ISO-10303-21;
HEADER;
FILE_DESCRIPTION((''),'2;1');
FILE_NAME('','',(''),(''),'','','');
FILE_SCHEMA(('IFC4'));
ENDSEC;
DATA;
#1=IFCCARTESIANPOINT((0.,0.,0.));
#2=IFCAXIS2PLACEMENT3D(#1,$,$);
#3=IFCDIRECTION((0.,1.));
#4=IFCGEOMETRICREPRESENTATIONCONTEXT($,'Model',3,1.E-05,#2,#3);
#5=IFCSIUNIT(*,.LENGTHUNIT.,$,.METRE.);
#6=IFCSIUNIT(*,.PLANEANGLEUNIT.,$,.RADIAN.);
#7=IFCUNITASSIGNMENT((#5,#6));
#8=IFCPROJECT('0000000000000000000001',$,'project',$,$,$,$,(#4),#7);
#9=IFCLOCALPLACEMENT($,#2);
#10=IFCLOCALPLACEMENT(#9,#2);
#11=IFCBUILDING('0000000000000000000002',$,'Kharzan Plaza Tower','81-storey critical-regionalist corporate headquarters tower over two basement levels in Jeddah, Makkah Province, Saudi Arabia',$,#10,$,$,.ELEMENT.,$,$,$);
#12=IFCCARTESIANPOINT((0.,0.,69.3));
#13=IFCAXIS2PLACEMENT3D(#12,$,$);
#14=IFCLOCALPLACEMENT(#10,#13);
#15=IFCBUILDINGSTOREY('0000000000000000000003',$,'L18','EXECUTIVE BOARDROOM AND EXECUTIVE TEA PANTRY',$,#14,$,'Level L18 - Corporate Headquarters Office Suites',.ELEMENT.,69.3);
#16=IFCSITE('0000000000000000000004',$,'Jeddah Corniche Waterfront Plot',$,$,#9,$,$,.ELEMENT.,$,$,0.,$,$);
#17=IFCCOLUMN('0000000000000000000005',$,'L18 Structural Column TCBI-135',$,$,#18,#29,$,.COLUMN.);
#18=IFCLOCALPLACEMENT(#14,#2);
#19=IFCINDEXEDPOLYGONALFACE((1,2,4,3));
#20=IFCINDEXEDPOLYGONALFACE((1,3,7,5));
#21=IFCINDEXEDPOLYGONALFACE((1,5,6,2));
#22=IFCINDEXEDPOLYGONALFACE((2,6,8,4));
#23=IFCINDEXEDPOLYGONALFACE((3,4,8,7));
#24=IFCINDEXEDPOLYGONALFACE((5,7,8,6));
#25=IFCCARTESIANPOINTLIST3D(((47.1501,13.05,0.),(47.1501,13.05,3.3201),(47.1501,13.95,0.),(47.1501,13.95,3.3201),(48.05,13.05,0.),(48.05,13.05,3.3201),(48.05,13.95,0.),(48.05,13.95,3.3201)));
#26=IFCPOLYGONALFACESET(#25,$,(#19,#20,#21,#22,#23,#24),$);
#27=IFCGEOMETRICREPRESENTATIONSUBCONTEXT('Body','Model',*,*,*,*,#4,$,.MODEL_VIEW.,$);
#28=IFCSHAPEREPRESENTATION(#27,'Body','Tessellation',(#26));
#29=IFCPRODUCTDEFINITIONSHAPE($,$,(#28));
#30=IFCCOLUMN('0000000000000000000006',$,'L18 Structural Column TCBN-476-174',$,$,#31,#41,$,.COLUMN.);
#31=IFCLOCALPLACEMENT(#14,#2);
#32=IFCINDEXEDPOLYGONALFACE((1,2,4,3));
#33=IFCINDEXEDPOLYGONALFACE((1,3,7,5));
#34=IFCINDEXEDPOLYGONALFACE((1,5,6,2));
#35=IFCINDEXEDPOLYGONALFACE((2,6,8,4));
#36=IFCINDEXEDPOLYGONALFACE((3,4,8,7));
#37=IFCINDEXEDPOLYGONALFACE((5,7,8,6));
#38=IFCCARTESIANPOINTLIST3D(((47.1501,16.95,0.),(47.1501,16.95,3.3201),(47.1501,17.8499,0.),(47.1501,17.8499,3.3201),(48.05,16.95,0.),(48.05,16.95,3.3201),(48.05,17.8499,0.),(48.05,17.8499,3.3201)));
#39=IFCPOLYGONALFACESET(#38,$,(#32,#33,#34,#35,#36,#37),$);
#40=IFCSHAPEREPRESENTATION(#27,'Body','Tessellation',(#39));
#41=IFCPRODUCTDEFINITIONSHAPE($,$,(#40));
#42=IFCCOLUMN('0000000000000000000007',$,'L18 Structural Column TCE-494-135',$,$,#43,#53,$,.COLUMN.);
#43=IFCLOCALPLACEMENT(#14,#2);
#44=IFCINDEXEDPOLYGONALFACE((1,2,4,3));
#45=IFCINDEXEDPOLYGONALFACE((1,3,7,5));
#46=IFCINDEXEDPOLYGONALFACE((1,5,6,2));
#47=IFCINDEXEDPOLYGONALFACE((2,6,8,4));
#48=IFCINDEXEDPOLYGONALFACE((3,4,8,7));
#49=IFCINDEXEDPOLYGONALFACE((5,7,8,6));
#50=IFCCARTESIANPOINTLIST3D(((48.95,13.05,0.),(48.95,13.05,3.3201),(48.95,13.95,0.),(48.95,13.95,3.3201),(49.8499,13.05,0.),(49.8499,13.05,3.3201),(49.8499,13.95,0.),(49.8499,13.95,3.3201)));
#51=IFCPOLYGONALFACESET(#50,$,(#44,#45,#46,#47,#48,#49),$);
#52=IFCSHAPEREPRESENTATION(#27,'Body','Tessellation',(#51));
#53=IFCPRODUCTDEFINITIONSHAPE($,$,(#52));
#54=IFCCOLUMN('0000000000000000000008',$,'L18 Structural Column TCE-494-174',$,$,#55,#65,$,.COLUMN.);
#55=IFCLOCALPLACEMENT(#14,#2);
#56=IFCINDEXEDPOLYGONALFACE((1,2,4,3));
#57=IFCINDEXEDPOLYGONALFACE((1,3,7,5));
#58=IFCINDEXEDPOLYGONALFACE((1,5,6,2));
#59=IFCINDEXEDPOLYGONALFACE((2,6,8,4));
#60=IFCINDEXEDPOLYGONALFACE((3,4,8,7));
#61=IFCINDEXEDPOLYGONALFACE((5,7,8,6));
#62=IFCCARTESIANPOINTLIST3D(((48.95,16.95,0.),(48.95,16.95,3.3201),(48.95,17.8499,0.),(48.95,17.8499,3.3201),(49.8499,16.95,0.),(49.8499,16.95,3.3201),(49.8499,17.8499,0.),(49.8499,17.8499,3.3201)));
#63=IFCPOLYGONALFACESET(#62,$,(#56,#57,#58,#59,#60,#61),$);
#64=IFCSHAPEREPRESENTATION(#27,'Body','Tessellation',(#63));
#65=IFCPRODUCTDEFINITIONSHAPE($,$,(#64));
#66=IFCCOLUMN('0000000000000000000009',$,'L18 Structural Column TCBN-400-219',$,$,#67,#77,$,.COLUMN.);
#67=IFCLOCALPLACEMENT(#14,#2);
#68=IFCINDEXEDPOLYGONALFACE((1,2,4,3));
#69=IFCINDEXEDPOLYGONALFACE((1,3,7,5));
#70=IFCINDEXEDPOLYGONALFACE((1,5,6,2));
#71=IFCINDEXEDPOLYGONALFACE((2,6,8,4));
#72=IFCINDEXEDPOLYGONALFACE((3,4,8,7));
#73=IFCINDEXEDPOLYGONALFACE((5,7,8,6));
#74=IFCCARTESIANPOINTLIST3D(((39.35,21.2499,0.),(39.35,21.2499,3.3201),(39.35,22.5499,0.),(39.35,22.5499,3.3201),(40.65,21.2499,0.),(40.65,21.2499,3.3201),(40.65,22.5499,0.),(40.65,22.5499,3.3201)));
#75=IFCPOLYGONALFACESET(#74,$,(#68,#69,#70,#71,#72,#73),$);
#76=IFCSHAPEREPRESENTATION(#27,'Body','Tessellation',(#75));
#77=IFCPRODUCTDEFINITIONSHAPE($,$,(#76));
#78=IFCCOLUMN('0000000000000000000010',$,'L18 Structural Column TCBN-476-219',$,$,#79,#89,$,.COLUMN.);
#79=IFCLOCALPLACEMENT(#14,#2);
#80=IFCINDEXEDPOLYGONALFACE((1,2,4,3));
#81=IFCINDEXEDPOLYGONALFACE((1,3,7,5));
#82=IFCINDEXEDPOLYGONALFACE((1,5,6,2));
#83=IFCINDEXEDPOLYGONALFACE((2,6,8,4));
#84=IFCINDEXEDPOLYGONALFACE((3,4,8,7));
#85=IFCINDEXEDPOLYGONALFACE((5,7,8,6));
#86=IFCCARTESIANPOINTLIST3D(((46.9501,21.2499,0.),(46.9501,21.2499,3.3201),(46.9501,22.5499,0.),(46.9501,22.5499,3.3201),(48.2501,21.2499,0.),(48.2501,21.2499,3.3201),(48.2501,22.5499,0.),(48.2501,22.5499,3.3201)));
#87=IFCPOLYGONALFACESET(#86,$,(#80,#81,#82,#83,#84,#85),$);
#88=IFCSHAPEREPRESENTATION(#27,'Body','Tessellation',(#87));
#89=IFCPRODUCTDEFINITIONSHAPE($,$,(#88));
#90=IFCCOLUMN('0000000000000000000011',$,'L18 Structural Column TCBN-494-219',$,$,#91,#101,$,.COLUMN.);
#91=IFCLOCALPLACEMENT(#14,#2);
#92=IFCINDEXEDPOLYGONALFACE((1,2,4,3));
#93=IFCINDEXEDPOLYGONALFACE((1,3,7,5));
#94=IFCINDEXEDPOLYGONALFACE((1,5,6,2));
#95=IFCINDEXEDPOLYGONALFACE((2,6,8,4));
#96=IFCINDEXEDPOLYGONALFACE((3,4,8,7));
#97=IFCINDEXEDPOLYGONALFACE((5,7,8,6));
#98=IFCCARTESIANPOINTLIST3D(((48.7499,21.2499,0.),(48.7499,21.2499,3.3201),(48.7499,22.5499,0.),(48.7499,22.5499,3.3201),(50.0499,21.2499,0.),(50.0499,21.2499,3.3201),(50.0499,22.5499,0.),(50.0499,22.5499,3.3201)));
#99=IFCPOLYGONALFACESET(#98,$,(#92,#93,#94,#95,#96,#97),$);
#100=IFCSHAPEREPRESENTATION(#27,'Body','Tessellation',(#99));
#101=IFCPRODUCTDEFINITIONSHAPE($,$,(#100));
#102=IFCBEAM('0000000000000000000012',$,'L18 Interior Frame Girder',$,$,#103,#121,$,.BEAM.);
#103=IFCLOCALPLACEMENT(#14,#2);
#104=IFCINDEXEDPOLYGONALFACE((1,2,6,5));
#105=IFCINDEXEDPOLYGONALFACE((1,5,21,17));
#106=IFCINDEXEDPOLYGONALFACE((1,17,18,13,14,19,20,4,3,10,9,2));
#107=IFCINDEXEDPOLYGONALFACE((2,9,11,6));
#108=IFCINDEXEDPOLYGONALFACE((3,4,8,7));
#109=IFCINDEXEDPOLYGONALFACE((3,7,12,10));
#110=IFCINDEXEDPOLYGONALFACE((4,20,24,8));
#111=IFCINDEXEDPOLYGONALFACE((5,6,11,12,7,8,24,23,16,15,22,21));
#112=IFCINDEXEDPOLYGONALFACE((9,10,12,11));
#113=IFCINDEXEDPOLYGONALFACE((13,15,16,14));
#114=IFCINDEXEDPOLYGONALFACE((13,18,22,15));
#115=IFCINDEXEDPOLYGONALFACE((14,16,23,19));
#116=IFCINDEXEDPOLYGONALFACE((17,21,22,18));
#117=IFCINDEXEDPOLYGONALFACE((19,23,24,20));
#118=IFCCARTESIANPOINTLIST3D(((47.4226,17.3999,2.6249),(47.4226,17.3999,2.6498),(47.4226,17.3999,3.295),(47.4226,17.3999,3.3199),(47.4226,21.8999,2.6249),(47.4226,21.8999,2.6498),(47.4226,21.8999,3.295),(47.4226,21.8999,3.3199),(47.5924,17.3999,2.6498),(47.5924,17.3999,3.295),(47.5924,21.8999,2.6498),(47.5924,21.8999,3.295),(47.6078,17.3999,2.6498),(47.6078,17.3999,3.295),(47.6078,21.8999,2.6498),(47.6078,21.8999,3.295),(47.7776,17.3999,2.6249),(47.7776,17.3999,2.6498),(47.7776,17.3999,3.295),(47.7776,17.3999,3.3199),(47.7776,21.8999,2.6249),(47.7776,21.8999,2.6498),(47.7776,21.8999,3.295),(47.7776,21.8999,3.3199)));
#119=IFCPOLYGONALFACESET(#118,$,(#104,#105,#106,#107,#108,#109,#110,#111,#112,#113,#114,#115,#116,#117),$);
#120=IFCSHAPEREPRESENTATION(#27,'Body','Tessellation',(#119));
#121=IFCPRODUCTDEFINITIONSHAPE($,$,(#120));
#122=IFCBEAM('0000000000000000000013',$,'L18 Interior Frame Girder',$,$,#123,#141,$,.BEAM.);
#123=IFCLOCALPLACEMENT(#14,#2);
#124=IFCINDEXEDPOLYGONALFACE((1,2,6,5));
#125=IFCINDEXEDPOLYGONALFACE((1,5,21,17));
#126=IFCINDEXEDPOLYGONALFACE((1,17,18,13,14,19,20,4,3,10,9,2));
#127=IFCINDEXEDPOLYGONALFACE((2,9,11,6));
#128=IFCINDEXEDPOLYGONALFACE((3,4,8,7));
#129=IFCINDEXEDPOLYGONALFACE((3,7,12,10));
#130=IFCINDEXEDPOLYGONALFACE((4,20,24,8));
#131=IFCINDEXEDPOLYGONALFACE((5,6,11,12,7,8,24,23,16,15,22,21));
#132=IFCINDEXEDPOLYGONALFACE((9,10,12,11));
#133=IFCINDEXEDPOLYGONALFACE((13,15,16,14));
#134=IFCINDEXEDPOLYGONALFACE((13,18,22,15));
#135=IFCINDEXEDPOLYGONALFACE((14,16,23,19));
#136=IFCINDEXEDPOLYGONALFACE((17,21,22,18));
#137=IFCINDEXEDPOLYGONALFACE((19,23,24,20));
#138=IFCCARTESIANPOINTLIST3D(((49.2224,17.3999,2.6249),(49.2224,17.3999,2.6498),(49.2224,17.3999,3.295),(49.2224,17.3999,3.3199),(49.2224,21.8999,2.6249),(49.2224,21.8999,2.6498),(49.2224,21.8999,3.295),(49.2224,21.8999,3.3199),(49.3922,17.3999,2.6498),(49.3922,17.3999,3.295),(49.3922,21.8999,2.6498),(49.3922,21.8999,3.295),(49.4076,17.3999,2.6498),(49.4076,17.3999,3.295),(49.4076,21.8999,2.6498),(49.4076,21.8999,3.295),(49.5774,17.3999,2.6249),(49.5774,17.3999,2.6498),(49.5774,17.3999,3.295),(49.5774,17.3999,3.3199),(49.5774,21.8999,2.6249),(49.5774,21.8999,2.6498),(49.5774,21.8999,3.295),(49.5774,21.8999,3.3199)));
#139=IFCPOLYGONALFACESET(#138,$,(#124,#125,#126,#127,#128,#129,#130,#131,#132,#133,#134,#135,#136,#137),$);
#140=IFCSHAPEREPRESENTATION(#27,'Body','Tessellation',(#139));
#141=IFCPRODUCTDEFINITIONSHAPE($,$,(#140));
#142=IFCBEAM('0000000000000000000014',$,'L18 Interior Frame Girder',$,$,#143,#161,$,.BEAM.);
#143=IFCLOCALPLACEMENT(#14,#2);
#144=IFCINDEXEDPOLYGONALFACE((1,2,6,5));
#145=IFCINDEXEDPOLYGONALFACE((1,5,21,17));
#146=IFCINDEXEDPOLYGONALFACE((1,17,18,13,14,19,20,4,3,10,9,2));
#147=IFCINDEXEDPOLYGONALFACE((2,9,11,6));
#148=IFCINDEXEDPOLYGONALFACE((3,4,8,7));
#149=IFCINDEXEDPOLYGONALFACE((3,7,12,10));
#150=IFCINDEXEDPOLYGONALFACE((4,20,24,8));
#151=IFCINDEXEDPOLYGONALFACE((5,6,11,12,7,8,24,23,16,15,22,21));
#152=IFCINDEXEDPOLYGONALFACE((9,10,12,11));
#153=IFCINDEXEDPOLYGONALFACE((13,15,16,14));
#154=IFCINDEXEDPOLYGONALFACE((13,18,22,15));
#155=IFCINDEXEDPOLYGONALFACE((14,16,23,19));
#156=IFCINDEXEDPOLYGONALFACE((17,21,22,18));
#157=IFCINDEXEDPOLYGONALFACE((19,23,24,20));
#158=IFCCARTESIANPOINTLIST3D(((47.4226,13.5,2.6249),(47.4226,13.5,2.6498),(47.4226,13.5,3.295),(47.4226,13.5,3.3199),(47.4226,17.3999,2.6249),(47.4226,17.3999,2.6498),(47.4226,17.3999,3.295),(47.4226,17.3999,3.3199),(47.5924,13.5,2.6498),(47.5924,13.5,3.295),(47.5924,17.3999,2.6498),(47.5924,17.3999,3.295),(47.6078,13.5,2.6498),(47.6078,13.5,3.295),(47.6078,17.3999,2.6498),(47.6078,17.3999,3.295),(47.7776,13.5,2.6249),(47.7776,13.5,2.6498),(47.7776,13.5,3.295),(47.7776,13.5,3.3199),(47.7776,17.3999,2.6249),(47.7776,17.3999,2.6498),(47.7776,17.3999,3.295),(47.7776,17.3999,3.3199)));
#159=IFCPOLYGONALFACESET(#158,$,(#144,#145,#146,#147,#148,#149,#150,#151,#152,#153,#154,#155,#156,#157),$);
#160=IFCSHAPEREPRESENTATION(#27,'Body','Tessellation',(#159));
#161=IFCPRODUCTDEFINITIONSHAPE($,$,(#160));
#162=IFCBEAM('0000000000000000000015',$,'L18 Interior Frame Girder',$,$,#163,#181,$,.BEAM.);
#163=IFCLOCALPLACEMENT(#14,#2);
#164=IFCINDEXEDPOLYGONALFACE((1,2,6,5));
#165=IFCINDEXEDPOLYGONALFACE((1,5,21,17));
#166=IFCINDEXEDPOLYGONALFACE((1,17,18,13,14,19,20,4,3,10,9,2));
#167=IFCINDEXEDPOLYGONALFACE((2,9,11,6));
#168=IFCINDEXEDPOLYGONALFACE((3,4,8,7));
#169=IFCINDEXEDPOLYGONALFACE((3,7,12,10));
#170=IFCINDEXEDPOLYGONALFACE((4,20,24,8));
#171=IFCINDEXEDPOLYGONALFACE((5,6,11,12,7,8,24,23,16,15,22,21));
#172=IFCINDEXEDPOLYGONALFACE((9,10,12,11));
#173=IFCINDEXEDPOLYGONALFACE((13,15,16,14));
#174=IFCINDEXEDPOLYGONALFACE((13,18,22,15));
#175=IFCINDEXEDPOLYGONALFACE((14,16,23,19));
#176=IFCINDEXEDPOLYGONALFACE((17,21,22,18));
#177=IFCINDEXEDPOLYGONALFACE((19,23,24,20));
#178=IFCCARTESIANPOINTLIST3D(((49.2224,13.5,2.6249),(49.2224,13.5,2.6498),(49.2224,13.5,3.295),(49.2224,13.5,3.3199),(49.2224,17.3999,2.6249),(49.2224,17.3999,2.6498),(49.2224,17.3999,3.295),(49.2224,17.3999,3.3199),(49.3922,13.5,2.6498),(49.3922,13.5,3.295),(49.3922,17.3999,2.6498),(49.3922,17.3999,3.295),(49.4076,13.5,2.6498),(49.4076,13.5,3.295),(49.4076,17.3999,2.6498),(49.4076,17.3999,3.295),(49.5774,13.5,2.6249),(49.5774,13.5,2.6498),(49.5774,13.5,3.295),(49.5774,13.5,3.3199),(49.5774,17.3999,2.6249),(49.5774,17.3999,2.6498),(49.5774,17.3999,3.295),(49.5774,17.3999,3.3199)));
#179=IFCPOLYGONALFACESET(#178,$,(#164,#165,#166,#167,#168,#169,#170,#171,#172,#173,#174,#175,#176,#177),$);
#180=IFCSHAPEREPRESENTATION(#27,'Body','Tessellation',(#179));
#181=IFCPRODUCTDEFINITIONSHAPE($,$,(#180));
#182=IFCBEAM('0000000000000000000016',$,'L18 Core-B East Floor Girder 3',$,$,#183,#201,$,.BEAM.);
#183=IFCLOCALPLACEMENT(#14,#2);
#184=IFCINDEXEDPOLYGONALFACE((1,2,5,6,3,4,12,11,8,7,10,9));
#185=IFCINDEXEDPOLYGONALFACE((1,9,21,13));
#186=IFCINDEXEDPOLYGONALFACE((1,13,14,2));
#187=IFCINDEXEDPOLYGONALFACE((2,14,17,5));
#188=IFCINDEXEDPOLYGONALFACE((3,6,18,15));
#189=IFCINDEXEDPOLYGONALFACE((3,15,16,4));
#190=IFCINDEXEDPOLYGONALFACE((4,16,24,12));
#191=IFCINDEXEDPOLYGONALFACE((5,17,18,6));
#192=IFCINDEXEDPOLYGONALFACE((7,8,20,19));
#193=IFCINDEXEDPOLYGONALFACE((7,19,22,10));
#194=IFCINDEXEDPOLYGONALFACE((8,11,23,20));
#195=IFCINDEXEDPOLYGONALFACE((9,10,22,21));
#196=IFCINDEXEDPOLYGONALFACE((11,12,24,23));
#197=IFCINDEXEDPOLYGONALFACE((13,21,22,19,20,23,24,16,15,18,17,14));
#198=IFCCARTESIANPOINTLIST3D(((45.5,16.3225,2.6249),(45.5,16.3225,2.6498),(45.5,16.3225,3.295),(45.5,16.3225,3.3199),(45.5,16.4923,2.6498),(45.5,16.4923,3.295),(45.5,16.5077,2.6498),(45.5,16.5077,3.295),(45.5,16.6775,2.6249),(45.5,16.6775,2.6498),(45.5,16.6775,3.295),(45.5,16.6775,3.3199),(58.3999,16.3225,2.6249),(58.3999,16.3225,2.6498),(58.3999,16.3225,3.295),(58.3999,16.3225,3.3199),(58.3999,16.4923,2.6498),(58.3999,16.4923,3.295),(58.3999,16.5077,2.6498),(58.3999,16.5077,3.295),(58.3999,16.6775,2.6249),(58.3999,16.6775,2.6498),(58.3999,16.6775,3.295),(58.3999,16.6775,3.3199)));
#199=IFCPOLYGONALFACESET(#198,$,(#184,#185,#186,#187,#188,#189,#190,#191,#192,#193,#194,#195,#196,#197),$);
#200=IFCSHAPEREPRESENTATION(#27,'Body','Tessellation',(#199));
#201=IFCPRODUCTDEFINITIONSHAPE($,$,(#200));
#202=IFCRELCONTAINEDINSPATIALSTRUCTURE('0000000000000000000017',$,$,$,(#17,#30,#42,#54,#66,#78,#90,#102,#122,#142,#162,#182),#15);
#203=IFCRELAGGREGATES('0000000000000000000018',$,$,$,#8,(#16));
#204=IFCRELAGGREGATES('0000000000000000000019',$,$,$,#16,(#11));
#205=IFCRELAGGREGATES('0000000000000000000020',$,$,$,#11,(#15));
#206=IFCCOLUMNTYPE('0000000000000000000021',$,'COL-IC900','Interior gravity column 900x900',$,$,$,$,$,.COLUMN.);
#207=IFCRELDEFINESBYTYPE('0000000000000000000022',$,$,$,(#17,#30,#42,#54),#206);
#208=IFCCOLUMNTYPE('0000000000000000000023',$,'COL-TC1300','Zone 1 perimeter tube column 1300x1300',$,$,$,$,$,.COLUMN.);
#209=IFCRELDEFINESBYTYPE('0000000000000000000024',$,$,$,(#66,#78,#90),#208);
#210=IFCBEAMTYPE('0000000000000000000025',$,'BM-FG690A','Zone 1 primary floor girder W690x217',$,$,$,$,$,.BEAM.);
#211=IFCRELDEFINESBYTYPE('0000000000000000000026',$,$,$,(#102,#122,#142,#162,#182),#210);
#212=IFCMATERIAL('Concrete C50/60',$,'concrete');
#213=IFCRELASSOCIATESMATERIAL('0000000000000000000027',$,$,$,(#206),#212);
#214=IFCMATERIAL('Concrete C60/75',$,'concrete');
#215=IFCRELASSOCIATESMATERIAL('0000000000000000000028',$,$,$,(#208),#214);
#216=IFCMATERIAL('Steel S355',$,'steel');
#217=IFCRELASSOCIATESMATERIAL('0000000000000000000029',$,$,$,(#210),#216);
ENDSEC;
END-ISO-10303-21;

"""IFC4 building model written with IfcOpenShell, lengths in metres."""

from ifc_helpers import new_model, si_unit, direction, frame, origin, origin_2d, place, context, subcontext, project, spatial, rectangle, i_section, extrude, source, transform, mapped, material, material_profile, profile_set, type_object, element, save


model = new_model("IFC4")

# Units and contexts
model_context = context("Model", 3, precision=1e-05, world=origin(), true_north=direction((0.0, 1.0)))
body_context = subcontext(model_context, "Body", "Model", "MODEL_VIEW")
ifc_project = project(units=[si_unit("LENGTHUNIT", "METRE"), si_unit("PLANEANGLEUNIT", "RADIAN")], contexts=[model_context])

# Site, building, storey
site_placement = place(None, origin())
site = spatial("IfcSite", under=ifc_project, at=site_placement, Name="Jeddah Corniche Waterfront Plot", CompositionType="ELEMENT", RefElevation=0.0)
building_placement = place(site_placement, origin())
building = spatial("IfcBuilding", under=site, at=building_placement, Name="Kharzan Plaza Tower", Description="81-storey critical-regionalist corporate headquarters tower over two basement levels in Jeddah, Makkah Province, Saudi Arabia", CompositionType="ELEMENT")
storey_placement = place(building_placement, frame((0.0, 0.0, 69.3)))
storey = spatial("IfcBuildingStorey", under=building, at=storey_placement, Name="L18", Description="EXECUTIVE BOARDROOM AND EXECUTIVE TEA PANTRY", LongName="Level L18 - Corporate Headquarters Office Suites", CompositionType="ELEMENT", Elevation=69.3)

# Columns
ifc_material_1 = material(Name="Concrete C50/60", Category="concrete")
ifc_material_profile_1 = material_profile(ifc_material_1, rectangle(XDim=0.8999, YDim=0.8999, at=origin_2d()), Name="RC-IC900x900")
ifc_profile_set_1 = profile_set([ifc_material_profile_1], Name="Concrete C50/60")
column_type_1 = type_object("IfcColumnType", Name="COL-IC900", Description="Interior gravity column 900x900", PredefinedType="COLUMN", material=ifc_profile_set_1)
shared_shape_1 = source(origin(), body_context, "Body", "SweptSolid", [
    extrude(rectangle(XDim=0.8999, YDim=0.8999, at=origin_2d()), origin(), (0.0, 0.0, 1.0), 3.3201),
])
for number, where, z_axis, x_axis, name in (
    (1, (47.6001, 13.5, 0.0), (0.0, 0.0, 1.0), (1.0, 0.0, 0.0), "L18 Structural Column TCBI-135"),
    (2, (47.6001, 17.3999, 0.0), (0.0, 0.0, 1.0), (1.0, 0.0, 0.0), "L18 Structural Column TCBN-476-174"),
    (3, (49.3999, 13.5, 0.0), (0.0, 0.0, 1.0), (1.0, 0.0, 0.0), "L18 Structural Column TCE-494-135"),
    (4, (49.3999, 17.3999, 0.0), (0.0, 0.0, 1.0), (1.0, 0.0, 0.0), "L18 Structural Column TCE-494-174"),
):
    element("IfcColumn", number, at=place(storey_placement, frame(where, z_axis=z_axis, x_axis=x_axis)), inside=storey, type_object=column_type_1, Name=name, PredefinedType="COLUMN", context=body_context, shape_type="MappedRepresentation", body=[
        mapped(shared_shape_1, transform((0.0, 0.0, 0.0), x_axis=(1.0, 0.0, 0.0), y_axis=(0.0, 1.0, 0.0), z_axis=(0.0, 0.0, 1.0))),
    ])
ifc_material_2 = material(Name="Concrete C60/75", Category="concrete")
ifc_material_profile_2 = material_profile(ifc_material_2, rectangle(XDim=1.3, YDim=1.3, at=origin_2d()), Name="RC-TC1300x1300")
ifc_profile_set_2 = profile_set([ifc_material_profile_2], Name="Concrete C60/75")
column_type_2 = type_object("IfcColumnType", Name="COL-TC1300", Description="Zone 1 perimeter tube column 1300x1300", PredefinedType="COLUMN", material=ifc_profile_set_2)
shared_shape_2 = source(origin(), body_context, "Body", "SweptSolid", [
    extrude(rectangle(XDim=1.3, YDim=1.3, at=origin_2d()), origin(), (0.0, 0.0, 1.0), 3.3201),
])
for number, where, z_axis, x_axis, name in (
    (5, (40.0, 21.8999, 0.0), (0.0, 0.0, 1.0), (1.0, 0.0, 0.0), "L18 Structural Column TCBN-400-219"),
    (6, (47.6001, 21.8999, 0.0), (0.0, 0.0, 1.0), (1.0, 0.0, 0.0), "L18 Structural Column TCBN-476-219"),
    (7, (49.3999, 21.8999, 0.0), (0.0, 0.0, 1.0), (1.0, 0.0, 0.0), "L18 Structural Column TCBN-494-219"),
):
    element("IfcColumn", number, at=place(storey_placement, frame(where, z_axis=z_axis, x_axis=x_axis)), inside=storey, type_object=column_type_2, Name=name, PredefinedType="COLUMN", context=body_context, shape_type="MappedRepresentation", body=[
        mapped(shared_shape_2, transform((0.0, 0.0, 0.0), x_axis=(1.0, 0.0, 0.0), y_axis=(0.0, 1.0, 0.0), z_axis=(0.0, 0.0, 1.0))),
    ])

# Beams
ifc_material_3 = material(Name="Steel S355", Category="steel")
ifc_material_profile_3 = material_profile(ifc_material_3, i_section(OverallWidth=0.355, OverallDepth=0.6951, WebThickness=0.0154, FlangeThickness=0.0249, at=origin_2d()), Name="W690x217")
ifc_profile_set_3 = profile_set([ifc_material_profile_3], Name="Steel S355")
beam_type_1 = type_object("IfcBeamType", Name="BM-FG690A", Description="Zone 1 primary floor girder W690x217", PredefinedType="BEAM", material=ifc_profile_set_3)
shared_shape_3 = source(origin(), body_context, "Body", "SweptSolid", [
    extrude(i_section(OverallWidth=0.355, OverallDepth=0.6951, WebThickness=0.0154, FlangeThickness=0.0249, at=origin_2d()), origin(), (0.0, 0.0, 1.0), 4.5),
])
for number, where, z_axis, x_axis, name in (
    (8, (47.6001, 17.3999, 2.9724), (0.0, 1.0, 0.0), (-1.0, 0.0, 0.0), "L18 Interior Frame Girder"),
    (9, (49.3999, 17.3999, 2.9724), (0.0, 1.0, 0.0), (-1.0, 0.0, 0.0), "L18 Interior Frame Girder"),
):
    element("IfcBeam", number, at=place(storey_placement, frame(where, z_axis=z_axis, x_axis=x_axis)), inside=storey, type_object=beam_type_1, Name=name, PredefinedType="BEAM", context=body_context, shape_type="MappedRepresentation", body=[
        mapped(shared_shape_3, transform((0.0, 0.0, 0.0), x_axis=(1.0, 0.0, 0.0), y_axis=(0.0, 1.0, 0.0), z_axis=(0.0, 0.0, 1.0))),
    ])
shared_shape_4 = source(origin(), body_context, "Body", "SweptSolid", [
    extrude(i_section(OverallWidth=0.355, OverallDepth=0.6951, WebThickness=0.0154, FlangeThickness=0.0249, at=origin_2d()), origin(), (0.0, 0.0, 1.0), 3.8999),
])
for number, where, z_axis, x_axis, name in (
    (10, (47.6001, 13.5, 2.9724), (0.0, 1.0, 0.0), (-1.0, 0.0, 0.0), "L18 Interior Frame Girder"),
    (11, (49.3999, 13.5, 2.9724), (0.0, 1.0, 0.0), (-1.0, 0.0, 0.0), "L18 Interior Frame Girder"),
):
    element("IfcBeam", number, at=place(storey_placement, frame(where, z_axis=z_axis, x_axis=x_axis)), inside=storey, type_object=beam_type_1, Name=name, PredefinedType="BEAM", context=body_context, shape_type="MappedRepresentation", body=[
        mapped(shared_shape_4, transform((0.0, 0.0, 0.0), x_axis=(1.0, 0.0, 0.0), y_axis=(0.0, 1.0, 0.0), z_axis=(0.0, 0.0, 1.0))),
    ])
shared_shape_5 = source(origin(), body_context, "Body", "SweptSolid", [
    extrude(i_section(OverallWidth=0.355, OverallDepth=0.6951, WebThickness=0.0154, FlangeThickness=0.0249, at=origin_2d()), origin(), (0.0, 0.0, 1.0), 12.8999),
])
beam_1_placement = place(storey_placement, frame((45.5, 16.5, 2.9724), z_axis=(1.0, 0.0, 0.0), x_axis=(0.0, 1.0, 0.0)))
element("IfcBeam", 12, at=beam_1_placement, inside=storey, type_object=beam_type_1, Name="L18 Core-B East Floor Girder 3", PredefinedType="BEAM", context=body_context, shape_type="MappedRepresentation", body=[
    mapped(shared_shape_5, transform((0.0, 0.0, 0.0), x_axis=(1.0, 0.0, 0.0), y_axis=(0.0, 1.0, 0.0), z_axis=(0.0, 0.0, 1.0))),
])

save(model, "model.ifc")
